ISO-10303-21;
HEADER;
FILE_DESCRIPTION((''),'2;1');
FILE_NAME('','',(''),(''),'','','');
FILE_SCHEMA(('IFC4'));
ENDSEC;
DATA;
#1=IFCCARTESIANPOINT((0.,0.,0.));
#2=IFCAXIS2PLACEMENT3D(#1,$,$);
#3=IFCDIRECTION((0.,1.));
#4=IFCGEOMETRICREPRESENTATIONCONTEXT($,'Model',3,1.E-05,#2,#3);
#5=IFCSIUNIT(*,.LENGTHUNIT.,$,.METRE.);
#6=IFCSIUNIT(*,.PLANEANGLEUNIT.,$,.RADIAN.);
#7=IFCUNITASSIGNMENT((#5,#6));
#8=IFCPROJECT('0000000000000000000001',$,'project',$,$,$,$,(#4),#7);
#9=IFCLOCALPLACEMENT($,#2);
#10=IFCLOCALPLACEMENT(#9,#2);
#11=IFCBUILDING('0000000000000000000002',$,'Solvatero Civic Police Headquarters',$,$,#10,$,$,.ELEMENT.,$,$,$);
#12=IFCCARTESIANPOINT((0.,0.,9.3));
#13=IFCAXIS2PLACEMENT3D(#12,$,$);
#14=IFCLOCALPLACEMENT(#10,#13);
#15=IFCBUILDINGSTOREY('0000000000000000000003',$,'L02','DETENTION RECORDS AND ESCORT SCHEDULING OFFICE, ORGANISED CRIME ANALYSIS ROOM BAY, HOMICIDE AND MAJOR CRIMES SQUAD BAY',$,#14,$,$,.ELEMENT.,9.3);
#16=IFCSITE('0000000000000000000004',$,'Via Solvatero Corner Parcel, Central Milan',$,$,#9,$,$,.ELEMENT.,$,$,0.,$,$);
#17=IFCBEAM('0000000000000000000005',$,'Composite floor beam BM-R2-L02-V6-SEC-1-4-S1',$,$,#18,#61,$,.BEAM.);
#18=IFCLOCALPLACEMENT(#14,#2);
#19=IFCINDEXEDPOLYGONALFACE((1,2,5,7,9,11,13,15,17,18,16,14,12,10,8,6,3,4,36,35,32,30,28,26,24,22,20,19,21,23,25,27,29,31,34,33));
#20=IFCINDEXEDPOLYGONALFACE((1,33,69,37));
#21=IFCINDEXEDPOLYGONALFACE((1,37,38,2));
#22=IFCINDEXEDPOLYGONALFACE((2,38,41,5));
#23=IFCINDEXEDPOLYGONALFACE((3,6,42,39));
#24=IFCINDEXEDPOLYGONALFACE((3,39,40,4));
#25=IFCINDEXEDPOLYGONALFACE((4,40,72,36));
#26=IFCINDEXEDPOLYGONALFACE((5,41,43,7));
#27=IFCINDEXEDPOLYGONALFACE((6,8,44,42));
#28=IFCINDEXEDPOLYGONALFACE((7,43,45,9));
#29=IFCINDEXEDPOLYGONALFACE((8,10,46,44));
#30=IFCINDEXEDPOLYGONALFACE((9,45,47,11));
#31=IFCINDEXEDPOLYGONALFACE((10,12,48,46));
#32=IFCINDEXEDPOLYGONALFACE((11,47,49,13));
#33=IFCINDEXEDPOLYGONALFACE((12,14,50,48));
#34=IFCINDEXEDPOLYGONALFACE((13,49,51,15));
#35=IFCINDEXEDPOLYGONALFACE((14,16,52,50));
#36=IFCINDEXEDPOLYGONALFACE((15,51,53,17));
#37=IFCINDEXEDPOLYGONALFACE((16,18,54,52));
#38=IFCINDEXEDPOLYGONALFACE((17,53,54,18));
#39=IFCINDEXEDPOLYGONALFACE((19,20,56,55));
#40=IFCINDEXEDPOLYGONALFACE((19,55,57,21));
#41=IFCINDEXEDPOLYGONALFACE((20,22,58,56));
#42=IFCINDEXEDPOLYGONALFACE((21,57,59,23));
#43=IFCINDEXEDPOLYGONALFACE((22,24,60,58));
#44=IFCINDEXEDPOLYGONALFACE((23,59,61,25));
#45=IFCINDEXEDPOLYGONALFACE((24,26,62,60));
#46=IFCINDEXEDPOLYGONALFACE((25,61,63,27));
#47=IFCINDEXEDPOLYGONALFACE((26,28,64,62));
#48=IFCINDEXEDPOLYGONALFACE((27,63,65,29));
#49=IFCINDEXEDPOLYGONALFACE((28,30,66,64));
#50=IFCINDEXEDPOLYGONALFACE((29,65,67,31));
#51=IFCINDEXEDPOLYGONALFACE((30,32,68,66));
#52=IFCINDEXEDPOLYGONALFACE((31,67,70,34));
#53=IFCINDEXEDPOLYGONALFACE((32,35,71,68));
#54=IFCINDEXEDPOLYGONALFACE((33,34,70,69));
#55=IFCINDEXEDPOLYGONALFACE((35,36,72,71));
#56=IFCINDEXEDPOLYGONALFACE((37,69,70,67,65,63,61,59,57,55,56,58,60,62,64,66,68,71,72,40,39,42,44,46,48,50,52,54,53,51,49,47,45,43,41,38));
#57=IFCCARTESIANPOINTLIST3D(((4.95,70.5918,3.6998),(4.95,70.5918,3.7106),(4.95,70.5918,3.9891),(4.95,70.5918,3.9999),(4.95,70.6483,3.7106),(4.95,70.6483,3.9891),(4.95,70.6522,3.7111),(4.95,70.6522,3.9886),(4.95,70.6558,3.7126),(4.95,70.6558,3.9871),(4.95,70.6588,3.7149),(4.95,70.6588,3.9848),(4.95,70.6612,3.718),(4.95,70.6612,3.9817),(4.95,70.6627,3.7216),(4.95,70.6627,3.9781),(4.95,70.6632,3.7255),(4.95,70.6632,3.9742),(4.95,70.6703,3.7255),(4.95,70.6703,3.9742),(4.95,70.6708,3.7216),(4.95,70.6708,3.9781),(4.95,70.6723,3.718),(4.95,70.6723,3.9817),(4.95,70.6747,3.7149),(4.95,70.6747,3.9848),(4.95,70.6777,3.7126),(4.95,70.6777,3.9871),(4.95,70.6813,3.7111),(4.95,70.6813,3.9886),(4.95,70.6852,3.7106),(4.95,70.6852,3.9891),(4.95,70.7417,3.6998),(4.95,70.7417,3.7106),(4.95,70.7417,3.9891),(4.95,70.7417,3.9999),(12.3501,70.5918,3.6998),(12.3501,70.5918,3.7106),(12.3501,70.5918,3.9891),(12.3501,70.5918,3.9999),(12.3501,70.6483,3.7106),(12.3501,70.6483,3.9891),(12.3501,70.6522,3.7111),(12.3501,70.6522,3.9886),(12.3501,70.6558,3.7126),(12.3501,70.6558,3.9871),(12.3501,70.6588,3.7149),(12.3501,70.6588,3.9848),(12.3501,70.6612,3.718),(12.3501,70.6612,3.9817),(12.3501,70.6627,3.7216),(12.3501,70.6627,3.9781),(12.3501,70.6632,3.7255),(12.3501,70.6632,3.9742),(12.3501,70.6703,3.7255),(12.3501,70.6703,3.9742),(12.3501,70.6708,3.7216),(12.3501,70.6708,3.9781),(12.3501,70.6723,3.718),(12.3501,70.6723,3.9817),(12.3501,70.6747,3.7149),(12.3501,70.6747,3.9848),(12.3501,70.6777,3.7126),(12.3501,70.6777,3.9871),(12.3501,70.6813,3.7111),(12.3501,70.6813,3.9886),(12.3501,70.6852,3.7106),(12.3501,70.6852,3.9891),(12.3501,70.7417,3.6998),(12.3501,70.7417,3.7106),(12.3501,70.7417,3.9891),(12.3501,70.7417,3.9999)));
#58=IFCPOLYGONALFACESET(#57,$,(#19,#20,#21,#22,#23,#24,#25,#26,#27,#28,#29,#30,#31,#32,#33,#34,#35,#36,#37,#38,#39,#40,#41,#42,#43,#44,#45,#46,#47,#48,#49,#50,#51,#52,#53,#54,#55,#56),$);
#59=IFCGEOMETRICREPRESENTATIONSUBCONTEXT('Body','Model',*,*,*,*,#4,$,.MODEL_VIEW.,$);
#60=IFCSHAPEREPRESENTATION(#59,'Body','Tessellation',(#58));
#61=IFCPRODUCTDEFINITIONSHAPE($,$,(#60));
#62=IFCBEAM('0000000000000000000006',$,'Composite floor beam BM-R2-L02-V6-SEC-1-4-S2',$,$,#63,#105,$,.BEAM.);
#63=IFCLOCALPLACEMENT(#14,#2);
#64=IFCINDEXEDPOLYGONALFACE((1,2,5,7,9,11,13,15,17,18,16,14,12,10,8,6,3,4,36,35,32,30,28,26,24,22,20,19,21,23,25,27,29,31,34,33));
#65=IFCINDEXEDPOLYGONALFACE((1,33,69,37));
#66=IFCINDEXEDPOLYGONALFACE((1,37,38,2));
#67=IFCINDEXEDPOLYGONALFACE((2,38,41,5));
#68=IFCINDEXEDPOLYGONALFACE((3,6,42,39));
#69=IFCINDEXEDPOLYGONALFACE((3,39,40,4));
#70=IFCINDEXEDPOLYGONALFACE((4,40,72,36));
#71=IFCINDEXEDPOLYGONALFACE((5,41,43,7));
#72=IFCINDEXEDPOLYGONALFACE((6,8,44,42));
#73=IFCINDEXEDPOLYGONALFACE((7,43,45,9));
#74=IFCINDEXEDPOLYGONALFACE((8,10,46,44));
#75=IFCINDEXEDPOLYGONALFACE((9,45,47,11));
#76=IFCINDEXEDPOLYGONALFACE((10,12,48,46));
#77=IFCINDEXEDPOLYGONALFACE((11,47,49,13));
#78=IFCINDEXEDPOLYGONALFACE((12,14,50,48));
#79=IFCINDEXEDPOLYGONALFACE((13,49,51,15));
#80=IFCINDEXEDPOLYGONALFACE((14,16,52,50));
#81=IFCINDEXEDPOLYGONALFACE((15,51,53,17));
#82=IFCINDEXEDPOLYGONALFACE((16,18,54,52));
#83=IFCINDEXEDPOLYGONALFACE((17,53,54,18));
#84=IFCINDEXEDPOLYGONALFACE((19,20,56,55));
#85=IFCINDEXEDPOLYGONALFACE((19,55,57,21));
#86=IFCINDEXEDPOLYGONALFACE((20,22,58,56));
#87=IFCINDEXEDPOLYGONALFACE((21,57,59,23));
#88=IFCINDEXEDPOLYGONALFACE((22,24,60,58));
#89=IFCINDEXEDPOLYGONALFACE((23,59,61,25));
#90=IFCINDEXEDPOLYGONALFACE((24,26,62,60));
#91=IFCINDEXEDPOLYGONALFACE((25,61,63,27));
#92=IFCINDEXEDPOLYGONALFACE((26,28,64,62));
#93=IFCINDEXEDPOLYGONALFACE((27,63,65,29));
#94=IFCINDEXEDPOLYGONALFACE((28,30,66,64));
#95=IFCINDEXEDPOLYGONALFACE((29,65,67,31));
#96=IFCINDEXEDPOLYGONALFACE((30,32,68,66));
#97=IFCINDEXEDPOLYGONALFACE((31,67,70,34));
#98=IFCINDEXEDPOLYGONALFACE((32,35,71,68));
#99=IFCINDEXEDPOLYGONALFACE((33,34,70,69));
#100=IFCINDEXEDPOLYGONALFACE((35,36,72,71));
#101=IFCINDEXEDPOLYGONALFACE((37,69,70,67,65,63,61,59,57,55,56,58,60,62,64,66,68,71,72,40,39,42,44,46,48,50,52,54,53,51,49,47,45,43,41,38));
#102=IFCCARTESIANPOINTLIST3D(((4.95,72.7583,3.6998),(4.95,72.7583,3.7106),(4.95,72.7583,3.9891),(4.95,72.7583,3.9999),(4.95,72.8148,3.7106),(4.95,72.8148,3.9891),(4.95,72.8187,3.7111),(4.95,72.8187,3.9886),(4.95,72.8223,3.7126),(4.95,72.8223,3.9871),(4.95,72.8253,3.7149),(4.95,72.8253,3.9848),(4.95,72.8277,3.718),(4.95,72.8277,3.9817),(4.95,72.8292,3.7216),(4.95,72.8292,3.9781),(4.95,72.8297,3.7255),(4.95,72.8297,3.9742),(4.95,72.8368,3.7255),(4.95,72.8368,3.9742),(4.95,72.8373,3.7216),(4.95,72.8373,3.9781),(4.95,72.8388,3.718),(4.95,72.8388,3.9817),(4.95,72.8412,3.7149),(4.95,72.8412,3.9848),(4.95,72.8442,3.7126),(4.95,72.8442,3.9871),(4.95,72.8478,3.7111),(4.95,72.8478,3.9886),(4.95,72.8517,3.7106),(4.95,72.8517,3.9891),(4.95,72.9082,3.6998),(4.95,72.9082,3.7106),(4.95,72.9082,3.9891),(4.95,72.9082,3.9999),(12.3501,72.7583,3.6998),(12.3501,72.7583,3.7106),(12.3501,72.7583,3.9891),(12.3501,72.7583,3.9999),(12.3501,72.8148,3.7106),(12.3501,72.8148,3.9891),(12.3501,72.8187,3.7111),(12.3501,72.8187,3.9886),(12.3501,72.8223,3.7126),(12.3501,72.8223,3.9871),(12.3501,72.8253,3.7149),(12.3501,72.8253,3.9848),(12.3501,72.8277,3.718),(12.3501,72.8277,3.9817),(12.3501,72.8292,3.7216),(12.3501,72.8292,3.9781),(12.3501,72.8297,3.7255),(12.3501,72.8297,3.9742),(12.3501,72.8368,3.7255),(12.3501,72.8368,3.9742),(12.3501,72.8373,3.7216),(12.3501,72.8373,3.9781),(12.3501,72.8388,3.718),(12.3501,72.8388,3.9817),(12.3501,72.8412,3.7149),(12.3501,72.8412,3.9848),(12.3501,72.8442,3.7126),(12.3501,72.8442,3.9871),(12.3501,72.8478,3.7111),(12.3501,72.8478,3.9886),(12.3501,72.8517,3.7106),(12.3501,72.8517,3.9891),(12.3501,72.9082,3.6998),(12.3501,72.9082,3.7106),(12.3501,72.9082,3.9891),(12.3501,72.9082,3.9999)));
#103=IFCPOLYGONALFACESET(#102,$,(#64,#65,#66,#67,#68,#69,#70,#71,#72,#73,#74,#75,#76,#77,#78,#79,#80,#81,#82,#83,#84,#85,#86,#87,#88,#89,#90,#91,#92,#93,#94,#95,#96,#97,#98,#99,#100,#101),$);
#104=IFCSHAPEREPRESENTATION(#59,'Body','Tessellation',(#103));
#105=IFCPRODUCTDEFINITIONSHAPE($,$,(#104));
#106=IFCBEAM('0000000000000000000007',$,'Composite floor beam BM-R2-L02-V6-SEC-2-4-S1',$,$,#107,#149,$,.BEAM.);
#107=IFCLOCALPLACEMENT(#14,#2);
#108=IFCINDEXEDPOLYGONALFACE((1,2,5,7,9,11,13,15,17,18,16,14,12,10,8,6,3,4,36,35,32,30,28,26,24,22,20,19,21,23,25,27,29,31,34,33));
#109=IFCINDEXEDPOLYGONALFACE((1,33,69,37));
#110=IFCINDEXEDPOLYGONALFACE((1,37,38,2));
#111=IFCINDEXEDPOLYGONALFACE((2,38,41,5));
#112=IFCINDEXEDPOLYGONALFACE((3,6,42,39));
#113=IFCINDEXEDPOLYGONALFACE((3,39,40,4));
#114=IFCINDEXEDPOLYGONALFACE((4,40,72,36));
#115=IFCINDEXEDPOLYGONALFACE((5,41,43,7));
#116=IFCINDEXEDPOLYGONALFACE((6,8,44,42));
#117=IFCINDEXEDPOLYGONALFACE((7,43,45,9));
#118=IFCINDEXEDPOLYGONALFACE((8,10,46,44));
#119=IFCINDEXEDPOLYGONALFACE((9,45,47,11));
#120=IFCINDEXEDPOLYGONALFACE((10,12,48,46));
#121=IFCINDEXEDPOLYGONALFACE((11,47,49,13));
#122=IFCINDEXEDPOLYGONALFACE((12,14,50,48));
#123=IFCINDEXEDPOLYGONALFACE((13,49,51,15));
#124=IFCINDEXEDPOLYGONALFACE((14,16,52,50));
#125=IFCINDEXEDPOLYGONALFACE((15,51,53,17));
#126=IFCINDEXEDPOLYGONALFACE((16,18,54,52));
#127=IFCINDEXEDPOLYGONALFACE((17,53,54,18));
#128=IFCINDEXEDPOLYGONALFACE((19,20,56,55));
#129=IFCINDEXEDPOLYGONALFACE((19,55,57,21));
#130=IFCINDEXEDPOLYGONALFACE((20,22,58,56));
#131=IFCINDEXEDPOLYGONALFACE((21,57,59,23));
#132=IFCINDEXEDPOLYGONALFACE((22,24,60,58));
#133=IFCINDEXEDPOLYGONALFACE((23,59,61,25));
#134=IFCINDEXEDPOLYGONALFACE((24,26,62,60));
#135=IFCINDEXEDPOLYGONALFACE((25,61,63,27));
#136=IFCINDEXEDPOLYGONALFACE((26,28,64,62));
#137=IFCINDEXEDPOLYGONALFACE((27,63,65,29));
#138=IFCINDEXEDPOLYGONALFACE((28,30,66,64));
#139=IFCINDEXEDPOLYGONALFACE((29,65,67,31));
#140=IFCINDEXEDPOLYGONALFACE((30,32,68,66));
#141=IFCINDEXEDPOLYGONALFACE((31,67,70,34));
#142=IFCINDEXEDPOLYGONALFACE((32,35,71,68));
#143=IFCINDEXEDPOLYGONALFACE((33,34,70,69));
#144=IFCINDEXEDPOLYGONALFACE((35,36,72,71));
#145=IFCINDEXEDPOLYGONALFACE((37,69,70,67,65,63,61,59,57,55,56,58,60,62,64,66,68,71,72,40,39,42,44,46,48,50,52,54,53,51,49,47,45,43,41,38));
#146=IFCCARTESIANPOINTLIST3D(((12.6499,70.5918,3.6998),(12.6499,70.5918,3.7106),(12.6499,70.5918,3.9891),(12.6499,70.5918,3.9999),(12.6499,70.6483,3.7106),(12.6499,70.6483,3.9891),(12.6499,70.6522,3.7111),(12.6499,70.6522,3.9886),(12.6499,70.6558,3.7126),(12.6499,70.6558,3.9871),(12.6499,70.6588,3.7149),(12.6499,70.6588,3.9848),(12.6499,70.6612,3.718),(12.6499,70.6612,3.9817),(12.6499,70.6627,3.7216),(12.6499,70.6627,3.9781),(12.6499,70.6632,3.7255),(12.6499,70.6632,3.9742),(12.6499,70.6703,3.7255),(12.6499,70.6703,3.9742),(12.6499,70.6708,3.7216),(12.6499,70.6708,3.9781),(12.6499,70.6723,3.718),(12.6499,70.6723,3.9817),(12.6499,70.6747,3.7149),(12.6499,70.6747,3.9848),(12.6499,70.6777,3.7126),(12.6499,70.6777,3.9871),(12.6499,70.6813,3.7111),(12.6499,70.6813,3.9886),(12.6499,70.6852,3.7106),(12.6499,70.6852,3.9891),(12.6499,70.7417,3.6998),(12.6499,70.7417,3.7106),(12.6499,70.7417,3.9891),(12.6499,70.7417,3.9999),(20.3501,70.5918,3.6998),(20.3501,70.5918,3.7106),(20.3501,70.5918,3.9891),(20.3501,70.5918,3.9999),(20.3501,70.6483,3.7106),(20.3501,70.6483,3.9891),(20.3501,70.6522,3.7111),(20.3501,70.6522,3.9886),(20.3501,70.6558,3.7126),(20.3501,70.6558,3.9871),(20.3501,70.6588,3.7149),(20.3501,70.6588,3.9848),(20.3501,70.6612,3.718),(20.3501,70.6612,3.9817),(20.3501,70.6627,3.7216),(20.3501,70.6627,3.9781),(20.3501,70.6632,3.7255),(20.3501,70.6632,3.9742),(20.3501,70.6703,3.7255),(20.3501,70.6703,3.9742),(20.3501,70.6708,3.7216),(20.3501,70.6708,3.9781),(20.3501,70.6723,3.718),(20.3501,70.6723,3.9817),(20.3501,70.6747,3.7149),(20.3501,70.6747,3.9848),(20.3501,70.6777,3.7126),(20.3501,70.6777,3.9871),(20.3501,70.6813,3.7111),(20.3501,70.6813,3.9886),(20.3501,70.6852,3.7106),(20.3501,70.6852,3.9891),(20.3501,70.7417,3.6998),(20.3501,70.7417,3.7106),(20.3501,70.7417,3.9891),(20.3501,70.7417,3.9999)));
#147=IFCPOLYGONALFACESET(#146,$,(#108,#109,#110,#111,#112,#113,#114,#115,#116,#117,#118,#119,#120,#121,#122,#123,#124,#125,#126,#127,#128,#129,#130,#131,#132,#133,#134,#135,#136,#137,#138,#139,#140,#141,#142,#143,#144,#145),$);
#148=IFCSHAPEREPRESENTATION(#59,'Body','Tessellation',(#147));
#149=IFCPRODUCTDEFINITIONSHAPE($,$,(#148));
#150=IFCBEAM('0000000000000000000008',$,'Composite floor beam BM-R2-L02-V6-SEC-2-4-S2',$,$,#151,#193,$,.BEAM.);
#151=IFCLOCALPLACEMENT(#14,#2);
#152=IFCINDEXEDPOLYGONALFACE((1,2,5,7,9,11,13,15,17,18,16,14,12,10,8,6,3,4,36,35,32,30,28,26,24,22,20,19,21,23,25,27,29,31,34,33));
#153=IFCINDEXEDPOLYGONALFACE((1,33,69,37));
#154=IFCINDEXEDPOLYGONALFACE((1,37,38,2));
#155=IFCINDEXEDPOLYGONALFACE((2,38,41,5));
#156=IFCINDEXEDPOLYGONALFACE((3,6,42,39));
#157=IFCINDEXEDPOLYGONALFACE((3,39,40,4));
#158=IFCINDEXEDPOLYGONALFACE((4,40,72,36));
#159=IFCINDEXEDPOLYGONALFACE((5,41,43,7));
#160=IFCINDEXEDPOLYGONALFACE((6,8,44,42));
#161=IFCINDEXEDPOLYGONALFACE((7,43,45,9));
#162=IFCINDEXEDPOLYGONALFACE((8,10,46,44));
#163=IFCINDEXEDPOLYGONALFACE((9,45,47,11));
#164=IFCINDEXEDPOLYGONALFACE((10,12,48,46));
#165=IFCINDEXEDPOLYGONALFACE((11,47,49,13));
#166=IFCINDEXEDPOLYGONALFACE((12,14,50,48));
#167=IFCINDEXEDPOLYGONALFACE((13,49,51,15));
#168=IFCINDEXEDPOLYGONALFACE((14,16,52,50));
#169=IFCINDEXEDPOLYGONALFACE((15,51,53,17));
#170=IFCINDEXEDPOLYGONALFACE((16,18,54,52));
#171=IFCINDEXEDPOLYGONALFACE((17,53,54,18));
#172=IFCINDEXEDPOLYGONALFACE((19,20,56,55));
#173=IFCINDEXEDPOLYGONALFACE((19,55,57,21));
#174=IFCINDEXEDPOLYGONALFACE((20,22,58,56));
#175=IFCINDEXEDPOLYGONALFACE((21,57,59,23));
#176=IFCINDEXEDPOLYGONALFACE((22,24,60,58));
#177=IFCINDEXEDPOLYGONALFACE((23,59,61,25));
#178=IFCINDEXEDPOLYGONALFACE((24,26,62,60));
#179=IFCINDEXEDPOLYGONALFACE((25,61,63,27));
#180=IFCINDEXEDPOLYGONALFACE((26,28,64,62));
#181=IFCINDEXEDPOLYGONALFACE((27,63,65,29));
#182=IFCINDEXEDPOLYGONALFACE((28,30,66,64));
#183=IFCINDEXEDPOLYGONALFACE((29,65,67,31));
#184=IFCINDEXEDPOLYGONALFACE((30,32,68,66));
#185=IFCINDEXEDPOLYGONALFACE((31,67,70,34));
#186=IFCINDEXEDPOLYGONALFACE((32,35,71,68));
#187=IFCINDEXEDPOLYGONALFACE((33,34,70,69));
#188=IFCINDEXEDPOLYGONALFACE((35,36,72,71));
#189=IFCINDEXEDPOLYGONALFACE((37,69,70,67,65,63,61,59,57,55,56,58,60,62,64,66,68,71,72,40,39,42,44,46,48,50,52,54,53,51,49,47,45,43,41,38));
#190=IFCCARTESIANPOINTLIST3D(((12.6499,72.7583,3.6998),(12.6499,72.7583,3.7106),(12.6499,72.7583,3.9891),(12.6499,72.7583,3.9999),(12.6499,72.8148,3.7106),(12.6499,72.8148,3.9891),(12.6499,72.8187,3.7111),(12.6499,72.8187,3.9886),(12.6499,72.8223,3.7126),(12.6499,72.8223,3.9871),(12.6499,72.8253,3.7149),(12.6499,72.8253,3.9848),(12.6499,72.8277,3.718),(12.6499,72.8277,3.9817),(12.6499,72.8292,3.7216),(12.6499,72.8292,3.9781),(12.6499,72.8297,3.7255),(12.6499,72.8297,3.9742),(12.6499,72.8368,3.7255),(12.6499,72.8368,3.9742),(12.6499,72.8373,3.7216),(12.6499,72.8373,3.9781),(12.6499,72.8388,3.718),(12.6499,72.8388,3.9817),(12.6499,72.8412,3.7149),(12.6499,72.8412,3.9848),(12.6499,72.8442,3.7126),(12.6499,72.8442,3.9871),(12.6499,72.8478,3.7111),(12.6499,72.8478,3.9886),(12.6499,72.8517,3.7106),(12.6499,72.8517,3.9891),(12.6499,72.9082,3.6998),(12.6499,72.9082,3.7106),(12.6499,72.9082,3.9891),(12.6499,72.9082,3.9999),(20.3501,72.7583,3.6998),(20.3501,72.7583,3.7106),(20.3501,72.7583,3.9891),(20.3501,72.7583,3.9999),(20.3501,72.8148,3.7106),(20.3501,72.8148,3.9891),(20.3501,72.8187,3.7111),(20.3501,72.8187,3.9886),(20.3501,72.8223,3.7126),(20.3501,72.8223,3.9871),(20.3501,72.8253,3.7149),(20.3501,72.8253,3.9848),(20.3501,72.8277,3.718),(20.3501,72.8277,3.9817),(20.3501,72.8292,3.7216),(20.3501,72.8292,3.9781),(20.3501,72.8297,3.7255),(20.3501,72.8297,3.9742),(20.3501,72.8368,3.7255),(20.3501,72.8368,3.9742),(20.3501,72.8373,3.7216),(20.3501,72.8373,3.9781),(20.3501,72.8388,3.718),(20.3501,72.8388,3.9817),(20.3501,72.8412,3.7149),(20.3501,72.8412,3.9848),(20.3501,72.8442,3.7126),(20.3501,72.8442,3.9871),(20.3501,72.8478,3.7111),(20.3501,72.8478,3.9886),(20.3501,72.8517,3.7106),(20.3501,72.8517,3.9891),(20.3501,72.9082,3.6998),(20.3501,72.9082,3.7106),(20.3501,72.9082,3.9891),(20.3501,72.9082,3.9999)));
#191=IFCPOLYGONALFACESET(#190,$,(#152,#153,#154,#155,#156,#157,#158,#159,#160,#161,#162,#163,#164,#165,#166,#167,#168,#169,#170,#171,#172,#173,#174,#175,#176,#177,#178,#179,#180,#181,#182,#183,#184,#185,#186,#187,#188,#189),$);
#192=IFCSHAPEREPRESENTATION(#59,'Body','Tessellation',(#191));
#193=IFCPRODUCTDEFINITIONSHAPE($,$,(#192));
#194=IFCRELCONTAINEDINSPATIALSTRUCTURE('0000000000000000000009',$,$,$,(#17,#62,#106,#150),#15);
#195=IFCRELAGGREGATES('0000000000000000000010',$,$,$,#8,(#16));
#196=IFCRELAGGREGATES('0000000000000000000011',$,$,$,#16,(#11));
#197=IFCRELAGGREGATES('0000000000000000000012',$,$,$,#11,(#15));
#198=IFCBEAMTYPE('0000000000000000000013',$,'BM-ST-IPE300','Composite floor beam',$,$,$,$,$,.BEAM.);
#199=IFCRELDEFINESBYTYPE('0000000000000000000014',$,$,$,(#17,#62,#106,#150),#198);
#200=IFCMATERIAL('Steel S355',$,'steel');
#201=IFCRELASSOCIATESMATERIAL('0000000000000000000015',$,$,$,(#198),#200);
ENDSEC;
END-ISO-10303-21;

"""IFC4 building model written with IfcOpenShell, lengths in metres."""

from ifc_helpers import new_model, si_unit, direction, frame, origin, origin_2d, place, context, subcontext, project, spatial, i_section, extrude, material, material_profile, profile_set, type_object, element, save


model = new_model("IFC4")

# Units and contexts
model_context = context("Model", 3, precision=1e-05, world=origin(), true_north=direction((0.0, 1.0)))
body_context = subcontext(model_context, "Body", "Model", "MODEL_VIEW")
ifc_project = project(units=[si_unit("LENGTHUNIT", "METRE"), si_unit("PLANEANGLEUNIT", "RADIAN")], contexts=[model_context])

# Site, building, storey
site_placement = place(None, origin())
site = spatial("IfcSite", under=ifc_project, at=site_placement, Name="Via Solvatero Corner Parcel, Central Milan", CompositionType="ELEMENT", RefElevation=0.0)
building_placement = place(site_placement, origin())
building = spatial("IfcBuilding", under=site, at=building_placement, Name="Solvatero Civic Police Headquarters", CompositionType="ELEMENT")
storey_placement = place(building_placement, frame((0.0, 0.0, 9.3)))
storey = spatial("IfcBuildingStorey", under=building, at=storey_placement, Name="L02", Description="DETENTION RECORDS AND ESCORT SCHEDULING OFFICE, ORGANISED CRIME ANALYSIS ROOM BAY, HOMICIDE AND MAJOR CRIMES SQUAD BAY", CompositionType="ELEMENT", Elevation=9.3)

# Shared definitions
ifc_material_1 = material(Name="Steel S355", Category="steel")

# Beams
ifc_material_profile_1 = material_profile(ifc_material_1, i_section(OverallWidth=0.1499, OverallDepth=0.3, WebThickness=0.0071, FlangeThickness=0.0107, FilletRadius=0.0149, at=origin_2d()), Name="IPE 300")
ifc_profile_set_1 = profile_set([ifc_material_profile_1], Name="Steel S355")
beam_type_1 = type_object("IfcBeamType", Name="BM-ST-IPE300", Description="Composite floor beam", PredefinedType="BEAM", material=ifc_profile_set_1)
for number, where, z_axis, x_axis, name in (
    (1, (4.95, 70.6667, 3.8499), (1.0, 0.0, 0.0), (0.0, 1.0, 0.0), "Composite floor beam BM-R2-L02-V6-SEC-1-4-S1"),
    (2, (4.95, 72.8333, 3.8499), (1.0, 0.0, 0.0), (0.0, 1.0, 0.0), "Composite floor beam BM-R2-L02-V6-SEC-1-4-S2"),
):
    element("IfcBeam", number, at=place(storey_placement, frame(where, z_axis=z_axis, x_axis=x_axis)), inside=storey, type_object=beam_type_1, Name=name, PredefinedType="BEAM", context=body_context, shape_type="SweptSolid", body=[
        extrude(i_section(OverallWidth=0.1499, OverallDepth=0.3, WebThickness=0.0071, FlangeThickness=0.0107, FilletRadius=0.0149, at=origin_2d()), origin(), (0.0, 0.0, 1.0), 7.4001),
    ])
for number, where, z_axis, x_axis, name in (
    (3, (12.6499, 70.6667, 3.8499), (1.0, 0.0, 0.0), (0.0, 1.0, 0.0), "Composite floor beam BM-R2-L02-V6-SEC-2-4-S1"),
    (4, (12.6499, 72.8333, 3.8499), (1.0, 0.0, 0.0), (0.0, 1.0, 0.0), "Composite floor beam BM-R2-L02-V6-SEC-2-4-S2"),
):
    element("IfcBeam", number, at=place(storey_placement, frame(where, z_axis=z_axis, x_axis=x_axis)), inside=storey, type_object=beam_type_1, Name=name, PredefinedType="BEAM", context=body_context, shape_type="SweptSolid", body=[
        extrude(i_section(OverallWidth=0.1499, OverallDepth=0.3, WebThickness=0.0071, FlangeThickness=0.0107, FilletRadius=0.0149, at=origin_2d()), origin(), (0.0, 0.0, 1.0), 7.7002),
    ])

save(model, "model.ifc")
